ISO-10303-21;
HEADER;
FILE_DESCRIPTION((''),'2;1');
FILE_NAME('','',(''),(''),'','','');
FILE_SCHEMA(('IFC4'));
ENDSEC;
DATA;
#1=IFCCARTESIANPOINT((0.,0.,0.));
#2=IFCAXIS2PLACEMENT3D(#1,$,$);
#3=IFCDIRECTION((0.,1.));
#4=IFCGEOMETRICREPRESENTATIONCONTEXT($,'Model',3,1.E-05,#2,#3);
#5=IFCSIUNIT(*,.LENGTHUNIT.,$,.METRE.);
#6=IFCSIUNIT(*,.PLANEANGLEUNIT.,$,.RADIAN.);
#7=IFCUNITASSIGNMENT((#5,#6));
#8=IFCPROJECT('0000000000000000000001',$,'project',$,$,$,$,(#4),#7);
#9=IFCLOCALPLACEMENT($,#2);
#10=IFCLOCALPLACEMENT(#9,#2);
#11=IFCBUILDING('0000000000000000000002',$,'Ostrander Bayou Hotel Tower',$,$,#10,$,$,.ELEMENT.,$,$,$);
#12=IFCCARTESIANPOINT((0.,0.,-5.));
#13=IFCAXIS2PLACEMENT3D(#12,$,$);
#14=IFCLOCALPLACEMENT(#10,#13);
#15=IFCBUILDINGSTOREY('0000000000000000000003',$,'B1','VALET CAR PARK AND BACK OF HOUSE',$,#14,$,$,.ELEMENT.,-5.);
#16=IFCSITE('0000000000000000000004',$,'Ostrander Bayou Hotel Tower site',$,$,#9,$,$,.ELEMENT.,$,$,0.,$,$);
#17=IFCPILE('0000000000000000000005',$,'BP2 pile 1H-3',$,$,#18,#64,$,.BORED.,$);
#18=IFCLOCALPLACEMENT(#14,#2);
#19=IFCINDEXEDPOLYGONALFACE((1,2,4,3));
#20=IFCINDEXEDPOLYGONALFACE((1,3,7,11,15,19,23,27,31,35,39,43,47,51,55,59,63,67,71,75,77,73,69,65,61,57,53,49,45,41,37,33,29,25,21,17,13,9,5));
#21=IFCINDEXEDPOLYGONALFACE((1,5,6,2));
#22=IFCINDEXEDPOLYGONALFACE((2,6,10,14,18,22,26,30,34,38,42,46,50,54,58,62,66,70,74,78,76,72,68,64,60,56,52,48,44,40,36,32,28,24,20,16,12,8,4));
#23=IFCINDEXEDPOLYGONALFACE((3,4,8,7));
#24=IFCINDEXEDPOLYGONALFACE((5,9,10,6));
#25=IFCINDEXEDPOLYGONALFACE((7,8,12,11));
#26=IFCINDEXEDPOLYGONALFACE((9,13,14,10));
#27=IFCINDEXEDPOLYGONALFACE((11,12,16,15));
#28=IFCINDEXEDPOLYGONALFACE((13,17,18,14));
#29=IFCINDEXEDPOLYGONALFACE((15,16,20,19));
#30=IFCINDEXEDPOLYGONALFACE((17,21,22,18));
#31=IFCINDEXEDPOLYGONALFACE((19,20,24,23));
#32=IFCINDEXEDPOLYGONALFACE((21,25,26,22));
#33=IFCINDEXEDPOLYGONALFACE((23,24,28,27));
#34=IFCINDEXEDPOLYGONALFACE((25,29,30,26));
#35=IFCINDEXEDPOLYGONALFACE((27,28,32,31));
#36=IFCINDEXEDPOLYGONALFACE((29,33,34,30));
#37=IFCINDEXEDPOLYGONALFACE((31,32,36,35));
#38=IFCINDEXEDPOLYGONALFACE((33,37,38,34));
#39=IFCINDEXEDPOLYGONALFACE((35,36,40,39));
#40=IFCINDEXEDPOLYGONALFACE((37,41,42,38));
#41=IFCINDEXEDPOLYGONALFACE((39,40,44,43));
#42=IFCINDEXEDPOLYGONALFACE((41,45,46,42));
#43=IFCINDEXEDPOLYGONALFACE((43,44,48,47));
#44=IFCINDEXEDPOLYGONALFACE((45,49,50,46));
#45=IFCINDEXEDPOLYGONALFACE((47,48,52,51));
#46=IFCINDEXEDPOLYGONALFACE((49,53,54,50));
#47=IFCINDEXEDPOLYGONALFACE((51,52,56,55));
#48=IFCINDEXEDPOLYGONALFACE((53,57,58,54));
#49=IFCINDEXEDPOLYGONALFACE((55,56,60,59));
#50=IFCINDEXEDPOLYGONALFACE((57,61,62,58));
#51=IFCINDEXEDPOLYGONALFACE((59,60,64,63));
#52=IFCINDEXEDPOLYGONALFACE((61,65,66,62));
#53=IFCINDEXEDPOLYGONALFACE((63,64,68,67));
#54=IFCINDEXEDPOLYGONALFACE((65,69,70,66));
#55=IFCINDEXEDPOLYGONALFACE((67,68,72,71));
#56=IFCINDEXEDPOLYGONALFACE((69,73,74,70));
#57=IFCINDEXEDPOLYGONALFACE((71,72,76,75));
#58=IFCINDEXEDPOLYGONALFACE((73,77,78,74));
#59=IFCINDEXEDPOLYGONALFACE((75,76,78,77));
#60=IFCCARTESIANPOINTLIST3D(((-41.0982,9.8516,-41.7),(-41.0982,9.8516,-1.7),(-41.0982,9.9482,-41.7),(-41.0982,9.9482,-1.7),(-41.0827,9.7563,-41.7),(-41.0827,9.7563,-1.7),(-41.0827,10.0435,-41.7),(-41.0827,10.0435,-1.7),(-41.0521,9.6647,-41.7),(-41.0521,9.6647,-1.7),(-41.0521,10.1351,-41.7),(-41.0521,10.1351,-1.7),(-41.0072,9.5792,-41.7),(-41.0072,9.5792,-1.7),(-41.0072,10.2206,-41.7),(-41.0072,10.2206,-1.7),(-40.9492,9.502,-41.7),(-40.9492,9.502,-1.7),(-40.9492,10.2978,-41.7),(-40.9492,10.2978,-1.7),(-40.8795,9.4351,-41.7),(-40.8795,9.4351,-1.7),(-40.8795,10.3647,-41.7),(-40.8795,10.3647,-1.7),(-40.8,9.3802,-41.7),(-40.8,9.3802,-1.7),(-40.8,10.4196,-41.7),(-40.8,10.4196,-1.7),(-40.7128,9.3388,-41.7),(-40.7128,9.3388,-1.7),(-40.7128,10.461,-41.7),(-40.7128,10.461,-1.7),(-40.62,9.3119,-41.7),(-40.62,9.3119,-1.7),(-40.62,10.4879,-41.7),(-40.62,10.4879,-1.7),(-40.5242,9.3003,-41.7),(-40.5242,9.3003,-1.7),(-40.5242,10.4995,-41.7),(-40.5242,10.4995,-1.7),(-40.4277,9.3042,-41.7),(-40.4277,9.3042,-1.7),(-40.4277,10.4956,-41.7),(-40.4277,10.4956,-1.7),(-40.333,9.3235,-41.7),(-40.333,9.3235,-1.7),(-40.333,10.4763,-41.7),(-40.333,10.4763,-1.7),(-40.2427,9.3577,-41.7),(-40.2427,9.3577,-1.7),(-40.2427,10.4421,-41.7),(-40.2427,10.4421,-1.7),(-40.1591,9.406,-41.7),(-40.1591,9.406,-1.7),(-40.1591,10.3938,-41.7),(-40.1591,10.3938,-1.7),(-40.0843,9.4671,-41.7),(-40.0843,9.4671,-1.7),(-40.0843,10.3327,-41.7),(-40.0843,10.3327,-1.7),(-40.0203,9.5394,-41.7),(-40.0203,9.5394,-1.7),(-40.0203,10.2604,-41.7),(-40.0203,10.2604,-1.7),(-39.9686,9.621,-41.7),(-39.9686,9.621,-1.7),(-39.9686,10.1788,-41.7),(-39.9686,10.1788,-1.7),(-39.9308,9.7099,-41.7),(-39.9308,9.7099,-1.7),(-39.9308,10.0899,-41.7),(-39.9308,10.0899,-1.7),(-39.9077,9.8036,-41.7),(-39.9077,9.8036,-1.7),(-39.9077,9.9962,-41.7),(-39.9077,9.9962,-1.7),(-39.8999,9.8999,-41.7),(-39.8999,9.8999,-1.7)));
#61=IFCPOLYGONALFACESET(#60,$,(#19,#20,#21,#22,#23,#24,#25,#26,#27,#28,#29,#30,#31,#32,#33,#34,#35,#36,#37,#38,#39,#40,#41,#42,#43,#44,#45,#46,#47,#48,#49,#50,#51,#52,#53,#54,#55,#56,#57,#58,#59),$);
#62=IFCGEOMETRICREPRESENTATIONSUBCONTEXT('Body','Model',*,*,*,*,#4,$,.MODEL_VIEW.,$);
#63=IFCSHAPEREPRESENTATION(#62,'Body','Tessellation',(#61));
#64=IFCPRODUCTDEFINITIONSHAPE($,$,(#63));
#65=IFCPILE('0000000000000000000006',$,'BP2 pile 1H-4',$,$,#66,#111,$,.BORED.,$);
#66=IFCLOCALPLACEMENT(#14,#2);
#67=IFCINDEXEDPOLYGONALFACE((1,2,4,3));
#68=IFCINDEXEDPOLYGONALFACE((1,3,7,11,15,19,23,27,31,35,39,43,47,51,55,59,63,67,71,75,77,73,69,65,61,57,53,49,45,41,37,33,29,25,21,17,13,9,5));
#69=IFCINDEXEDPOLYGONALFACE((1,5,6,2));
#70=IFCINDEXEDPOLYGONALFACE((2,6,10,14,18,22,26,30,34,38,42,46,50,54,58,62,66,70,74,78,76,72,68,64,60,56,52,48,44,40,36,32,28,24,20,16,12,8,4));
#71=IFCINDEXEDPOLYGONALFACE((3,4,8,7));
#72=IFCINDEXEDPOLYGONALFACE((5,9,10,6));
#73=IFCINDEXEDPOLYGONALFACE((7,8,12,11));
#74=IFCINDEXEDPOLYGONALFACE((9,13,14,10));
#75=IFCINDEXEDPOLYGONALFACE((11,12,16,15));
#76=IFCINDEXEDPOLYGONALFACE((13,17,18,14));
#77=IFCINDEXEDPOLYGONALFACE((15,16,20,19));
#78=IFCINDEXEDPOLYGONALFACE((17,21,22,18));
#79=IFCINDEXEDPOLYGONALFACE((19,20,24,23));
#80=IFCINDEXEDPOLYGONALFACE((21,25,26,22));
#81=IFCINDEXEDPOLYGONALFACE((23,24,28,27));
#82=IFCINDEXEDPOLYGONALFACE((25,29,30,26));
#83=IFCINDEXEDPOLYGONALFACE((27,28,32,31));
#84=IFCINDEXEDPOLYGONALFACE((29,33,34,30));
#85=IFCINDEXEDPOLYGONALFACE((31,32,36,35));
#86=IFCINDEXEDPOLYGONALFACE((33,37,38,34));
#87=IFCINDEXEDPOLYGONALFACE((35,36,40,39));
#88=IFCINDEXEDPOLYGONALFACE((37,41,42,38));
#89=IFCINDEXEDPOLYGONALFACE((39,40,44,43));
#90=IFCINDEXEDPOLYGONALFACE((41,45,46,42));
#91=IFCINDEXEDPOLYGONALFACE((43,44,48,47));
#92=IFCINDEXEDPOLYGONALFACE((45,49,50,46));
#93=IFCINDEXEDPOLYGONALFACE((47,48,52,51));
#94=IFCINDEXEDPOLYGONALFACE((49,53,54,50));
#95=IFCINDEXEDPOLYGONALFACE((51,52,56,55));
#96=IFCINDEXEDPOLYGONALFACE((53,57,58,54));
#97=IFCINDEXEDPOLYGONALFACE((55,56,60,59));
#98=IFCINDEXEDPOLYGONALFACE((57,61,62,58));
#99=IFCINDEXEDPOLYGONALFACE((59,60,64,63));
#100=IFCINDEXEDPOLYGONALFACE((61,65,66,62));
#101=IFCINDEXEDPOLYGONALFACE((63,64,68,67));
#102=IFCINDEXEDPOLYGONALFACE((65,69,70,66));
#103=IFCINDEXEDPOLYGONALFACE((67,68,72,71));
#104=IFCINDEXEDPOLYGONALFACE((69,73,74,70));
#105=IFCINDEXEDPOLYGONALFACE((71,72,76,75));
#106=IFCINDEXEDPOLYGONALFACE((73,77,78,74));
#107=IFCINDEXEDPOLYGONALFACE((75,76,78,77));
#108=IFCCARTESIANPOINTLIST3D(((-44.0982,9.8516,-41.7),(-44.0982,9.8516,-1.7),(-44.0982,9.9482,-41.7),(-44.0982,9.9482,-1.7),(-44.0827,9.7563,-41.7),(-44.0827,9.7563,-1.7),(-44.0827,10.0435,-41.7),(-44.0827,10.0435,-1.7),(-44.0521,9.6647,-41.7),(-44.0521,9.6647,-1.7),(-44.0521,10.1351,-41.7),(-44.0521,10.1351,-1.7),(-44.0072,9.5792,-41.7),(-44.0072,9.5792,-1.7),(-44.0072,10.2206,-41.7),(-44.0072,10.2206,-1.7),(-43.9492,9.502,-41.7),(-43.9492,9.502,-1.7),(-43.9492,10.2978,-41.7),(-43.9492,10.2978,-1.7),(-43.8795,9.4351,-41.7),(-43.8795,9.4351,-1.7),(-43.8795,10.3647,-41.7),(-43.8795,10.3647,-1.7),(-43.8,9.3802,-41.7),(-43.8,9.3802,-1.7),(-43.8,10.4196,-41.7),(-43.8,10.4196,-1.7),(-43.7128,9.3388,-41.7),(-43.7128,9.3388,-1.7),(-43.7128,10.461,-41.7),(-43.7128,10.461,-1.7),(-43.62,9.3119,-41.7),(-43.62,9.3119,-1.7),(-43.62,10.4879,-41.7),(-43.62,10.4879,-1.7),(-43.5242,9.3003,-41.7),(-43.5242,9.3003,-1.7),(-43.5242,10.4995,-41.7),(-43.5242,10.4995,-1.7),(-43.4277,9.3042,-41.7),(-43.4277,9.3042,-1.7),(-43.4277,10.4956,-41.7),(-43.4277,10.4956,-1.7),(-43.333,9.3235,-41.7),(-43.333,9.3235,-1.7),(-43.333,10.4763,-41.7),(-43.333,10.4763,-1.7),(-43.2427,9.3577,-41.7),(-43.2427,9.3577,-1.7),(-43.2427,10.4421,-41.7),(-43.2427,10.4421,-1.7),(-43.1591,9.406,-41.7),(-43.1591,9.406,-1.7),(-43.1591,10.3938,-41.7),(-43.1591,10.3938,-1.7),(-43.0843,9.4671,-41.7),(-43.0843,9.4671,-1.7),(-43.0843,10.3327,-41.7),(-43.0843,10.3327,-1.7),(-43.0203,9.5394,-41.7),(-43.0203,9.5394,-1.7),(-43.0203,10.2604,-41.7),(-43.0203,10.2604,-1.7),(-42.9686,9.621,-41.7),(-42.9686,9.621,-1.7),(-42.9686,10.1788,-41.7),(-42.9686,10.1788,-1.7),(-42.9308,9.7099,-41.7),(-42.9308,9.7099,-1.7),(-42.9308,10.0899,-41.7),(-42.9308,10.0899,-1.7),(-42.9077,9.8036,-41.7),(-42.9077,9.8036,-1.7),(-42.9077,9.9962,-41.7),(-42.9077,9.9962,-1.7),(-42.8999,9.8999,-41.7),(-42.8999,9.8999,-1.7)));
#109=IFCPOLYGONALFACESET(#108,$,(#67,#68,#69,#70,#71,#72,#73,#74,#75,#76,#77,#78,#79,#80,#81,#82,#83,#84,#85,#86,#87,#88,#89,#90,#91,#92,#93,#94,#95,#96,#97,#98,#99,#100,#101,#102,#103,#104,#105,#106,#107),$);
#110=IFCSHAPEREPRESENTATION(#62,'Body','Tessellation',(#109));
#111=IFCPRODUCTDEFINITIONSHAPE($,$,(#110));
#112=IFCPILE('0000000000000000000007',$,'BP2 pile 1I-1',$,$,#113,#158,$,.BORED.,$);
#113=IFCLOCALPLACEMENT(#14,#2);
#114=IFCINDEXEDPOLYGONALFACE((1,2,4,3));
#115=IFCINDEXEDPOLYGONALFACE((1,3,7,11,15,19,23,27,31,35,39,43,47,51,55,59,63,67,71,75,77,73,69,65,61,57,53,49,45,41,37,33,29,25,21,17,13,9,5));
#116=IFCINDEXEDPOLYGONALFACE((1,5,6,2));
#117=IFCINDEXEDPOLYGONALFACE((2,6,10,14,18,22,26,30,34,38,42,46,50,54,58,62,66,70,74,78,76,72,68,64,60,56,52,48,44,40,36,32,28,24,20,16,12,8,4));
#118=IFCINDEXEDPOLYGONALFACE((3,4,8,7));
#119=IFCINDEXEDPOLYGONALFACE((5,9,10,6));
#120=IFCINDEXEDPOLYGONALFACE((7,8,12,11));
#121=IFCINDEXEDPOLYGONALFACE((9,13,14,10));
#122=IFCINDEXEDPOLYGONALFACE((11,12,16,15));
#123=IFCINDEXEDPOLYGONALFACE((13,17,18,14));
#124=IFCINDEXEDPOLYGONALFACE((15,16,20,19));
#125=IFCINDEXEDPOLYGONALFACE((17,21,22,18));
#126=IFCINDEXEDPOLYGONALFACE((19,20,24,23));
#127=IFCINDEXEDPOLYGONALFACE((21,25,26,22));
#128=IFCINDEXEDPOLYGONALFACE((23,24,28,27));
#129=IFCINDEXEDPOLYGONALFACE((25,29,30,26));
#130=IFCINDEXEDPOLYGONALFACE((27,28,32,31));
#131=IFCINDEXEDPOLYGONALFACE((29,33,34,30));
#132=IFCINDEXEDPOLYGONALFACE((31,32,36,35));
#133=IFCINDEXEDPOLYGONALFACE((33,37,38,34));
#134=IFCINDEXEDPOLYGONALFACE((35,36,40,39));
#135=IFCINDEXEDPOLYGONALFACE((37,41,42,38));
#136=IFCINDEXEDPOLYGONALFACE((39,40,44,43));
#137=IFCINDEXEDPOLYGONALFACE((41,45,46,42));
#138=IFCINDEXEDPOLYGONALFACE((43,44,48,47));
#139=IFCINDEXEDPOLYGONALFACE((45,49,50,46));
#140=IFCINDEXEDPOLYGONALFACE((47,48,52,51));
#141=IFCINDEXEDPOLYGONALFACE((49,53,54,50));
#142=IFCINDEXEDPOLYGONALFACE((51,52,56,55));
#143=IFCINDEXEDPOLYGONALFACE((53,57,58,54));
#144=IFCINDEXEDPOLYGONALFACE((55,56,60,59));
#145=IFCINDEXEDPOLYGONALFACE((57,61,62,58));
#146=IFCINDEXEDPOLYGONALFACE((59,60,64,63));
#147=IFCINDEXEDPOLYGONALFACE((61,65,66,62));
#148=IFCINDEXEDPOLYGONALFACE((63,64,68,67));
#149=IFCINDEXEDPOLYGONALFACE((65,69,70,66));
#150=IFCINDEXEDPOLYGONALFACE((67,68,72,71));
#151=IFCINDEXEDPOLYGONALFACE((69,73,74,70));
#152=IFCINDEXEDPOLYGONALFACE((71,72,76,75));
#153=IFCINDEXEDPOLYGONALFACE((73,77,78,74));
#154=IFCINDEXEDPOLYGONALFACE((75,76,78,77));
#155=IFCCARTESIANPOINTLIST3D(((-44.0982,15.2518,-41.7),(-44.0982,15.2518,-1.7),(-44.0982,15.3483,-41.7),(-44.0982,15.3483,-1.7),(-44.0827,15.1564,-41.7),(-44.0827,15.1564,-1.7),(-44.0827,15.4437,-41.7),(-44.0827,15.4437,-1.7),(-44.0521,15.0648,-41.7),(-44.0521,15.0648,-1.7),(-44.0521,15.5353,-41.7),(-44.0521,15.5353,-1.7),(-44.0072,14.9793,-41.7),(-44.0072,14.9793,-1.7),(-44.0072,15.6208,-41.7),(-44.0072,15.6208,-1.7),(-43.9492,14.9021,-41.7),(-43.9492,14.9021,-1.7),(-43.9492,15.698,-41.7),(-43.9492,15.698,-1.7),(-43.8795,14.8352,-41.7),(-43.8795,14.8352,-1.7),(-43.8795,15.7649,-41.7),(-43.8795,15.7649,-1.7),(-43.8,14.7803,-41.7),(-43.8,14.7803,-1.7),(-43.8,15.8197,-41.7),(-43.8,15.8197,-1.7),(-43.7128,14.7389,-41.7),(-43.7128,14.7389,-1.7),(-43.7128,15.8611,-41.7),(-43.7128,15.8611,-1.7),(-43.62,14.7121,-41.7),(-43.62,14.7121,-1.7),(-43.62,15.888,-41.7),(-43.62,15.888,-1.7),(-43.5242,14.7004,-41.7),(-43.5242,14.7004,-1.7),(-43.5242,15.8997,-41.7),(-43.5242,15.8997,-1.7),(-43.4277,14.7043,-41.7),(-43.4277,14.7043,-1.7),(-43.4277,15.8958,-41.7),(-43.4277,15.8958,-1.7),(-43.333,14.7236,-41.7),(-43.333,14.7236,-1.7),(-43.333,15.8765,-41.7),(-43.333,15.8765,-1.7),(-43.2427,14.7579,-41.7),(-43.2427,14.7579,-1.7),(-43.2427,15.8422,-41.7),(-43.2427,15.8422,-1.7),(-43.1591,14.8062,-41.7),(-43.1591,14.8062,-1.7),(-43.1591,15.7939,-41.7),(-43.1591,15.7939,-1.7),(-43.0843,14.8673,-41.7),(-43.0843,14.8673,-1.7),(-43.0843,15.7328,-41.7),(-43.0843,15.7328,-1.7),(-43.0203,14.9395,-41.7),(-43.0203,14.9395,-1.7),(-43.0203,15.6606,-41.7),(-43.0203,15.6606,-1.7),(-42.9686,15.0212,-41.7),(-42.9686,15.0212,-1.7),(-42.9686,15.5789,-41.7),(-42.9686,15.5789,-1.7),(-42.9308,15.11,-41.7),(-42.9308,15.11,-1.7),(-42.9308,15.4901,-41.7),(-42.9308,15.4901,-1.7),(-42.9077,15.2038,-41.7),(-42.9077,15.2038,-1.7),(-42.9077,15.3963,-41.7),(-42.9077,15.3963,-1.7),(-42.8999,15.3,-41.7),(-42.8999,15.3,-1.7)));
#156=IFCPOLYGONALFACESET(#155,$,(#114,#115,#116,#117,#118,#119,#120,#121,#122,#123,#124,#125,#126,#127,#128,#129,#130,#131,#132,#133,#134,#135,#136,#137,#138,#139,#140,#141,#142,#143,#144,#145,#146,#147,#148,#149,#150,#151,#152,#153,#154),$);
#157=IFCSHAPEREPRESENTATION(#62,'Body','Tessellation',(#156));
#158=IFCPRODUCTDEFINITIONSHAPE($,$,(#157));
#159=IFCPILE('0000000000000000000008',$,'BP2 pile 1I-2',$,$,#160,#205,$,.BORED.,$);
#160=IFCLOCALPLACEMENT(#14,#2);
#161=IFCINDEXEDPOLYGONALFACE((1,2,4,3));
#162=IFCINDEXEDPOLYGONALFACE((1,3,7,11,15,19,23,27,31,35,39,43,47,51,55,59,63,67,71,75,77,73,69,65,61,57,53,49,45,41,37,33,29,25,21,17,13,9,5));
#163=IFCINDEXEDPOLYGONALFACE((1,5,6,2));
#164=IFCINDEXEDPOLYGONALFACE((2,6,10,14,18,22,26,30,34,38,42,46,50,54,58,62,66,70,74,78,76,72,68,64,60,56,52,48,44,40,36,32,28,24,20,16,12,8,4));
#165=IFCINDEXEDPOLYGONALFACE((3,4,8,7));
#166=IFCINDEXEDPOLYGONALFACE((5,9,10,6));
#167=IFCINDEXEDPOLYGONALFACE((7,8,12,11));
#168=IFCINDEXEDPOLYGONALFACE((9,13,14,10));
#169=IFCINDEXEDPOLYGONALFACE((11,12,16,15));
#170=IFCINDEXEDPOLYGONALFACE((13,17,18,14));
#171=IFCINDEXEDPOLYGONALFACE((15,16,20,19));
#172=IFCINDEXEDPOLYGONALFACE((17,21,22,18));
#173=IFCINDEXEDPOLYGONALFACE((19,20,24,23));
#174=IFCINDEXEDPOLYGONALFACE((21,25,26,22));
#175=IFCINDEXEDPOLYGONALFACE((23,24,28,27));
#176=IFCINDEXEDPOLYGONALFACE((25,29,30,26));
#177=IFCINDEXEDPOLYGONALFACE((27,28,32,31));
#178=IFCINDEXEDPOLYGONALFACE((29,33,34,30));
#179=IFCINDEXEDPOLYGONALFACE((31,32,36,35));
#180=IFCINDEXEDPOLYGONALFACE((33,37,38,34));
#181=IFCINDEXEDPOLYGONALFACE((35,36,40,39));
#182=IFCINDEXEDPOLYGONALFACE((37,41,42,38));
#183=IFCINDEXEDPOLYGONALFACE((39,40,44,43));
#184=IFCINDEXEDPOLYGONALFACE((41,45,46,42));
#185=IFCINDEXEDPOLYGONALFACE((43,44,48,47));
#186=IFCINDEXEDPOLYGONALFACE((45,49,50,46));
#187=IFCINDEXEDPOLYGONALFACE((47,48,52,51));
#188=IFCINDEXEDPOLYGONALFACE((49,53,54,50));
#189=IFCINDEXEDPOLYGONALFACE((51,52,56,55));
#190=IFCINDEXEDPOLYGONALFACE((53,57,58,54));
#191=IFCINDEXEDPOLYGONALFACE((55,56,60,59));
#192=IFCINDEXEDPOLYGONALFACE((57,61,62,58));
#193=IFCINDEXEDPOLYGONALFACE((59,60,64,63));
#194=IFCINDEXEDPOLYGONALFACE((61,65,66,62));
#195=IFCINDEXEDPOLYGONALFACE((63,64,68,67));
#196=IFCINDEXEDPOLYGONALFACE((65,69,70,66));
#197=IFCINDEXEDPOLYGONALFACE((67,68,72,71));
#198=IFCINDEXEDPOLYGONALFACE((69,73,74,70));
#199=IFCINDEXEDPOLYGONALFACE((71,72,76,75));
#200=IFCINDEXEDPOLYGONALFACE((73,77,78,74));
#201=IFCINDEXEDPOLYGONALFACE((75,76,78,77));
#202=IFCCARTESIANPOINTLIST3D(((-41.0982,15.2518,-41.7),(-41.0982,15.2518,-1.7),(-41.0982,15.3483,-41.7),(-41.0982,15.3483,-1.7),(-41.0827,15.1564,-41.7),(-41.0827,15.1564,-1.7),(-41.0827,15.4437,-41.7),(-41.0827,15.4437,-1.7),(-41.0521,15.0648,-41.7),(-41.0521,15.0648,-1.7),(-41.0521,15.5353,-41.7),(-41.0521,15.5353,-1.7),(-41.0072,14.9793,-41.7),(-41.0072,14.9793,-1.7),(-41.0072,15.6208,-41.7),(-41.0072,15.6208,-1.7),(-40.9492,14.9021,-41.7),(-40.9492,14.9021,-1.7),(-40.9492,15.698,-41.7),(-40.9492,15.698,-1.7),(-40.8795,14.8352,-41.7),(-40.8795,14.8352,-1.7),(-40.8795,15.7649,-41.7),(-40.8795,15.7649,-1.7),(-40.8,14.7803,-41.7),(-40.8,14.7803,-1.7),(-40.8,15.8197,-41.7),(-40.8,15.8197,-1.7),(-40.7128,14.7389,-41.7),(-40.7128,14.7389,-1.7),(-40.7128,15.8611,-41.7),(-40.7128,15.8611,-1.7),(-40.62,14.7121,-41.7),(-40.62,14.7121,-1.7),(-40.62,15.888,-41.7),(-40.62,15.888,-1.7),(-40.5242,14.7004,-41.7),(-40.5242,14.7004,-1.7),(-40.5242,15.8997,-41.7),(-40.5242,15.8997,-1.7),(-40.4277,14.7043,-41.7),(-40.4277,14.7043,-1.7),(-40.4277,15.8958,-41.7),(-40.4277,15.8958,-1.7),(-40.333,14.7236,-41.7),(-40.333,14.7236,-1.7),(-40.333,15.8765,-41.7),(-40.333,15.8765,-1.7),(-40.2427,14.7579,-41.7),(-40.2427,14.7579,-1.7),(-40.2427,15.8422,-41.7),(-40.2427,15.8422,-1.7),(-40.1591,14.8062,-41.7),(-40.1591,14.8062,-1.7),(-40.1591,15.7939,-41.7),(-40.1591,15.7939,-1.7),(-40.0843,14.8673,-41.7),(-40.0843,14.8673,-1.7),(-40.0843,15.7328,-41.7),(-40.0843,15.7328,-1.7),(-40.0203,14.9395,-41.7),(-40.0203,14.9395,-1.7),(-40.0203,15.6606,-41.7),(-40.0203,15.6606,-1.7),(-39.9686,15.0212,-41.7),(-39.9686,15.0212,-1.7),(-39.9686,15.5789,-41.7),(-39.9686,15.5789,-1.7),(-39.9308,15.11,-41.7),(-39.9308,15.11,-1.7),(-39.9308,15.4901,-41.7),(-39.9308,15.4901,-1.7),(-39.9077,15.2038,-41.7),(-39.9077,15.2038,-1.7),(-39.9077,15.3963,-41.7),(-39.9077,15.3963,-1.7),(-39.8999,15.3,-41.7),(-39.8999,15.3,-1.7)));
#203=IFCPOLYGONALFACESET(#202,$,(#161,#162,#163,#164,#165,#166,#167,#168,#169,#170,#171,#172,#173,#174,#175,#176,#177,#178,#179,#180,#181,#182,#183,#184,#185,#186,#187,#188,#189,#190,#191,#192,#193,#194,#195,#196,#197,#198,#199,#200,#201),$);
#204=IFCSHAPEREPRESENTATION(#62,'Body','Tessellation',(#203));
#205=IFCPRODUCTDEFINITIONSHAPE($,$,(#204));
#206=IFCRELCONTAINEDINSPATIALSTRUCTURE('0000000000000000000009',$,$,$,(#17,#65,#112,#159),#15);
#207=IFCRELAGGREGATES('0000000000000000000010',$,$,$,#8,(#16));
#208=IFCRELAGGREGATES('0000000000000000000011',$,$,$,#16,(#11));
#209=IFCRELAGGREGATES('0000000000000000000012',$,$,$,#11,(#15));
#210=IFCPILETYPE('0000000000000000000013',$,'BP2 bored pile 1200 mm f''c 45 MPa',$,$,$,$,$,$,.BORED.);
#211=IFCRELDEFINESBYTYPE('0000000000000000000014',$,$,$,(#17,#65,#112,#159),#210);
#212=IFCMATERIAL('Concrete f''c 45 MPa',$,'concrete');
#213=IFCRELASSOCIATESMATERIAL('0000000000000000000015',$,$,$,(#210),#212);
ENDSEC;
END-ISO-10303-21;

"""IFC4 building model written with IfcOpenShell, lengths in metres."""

from ifc_helpers import new_model, si_unit, direction, frame, origin, origin_2d, place, context, subcontext, project, spatial, circle, extrude, material, material_profile, profile_set, type_object, element, save


model = new_model("IFC4")

# Units and contexts
model_context = context("Model", 3, precision=1e-05, world=origin(), true_north=direction((0.0, 1.0)))
body_context = subcontext(model_context, "Body", "Model", "MODEL_VIEW")
ifc_project = project(units=[si_unit("LENGTHUNIT", "METRE"), si_unit("PLANEANGLEUNIT", "RADIAN")], contexts=[model_context])

# Site, building, storey
site_placement = place(None, origin())
site = spatial("IfcSite", under=ifc_project, at=site_placement, Name="Ostrander Bayou Hotel Tower site", CompositionType="ELEMENT", RefElevation=0.0)
building_placement = place(site_placement, origin())
building = spatial("IfcBuilding", under=site, at=building_placement, Name="Ostrander Bayou Hotel Tower", CompositionType="ELEMENT")
storey_placement = place(building_placement, frame((0.0, 0.0, -5.0)))
storey = spatial("IfcBuildingStorey", under=building, at=storey_placement, Name="B1", Description="VALET CAR PARK AND BACK OF HOUSE", CompositionType="ELEMENT", Elevation=-5.0)

# Piles
ifc_material_1 = material(Name="Concrete f'c 45 MPa", Category="concrete")
ifc_material_profile_1 = material_profile(ifc_material_1, circle(Radius=0.6001, at=origin_2d()))
ifc_profile_set_1 = profile_set([ifc_material_profile_1], Name="Concrete f'c 45 MPa")
pile_type_1 = type_object("IfcPileType", Name="BP2 bored pile 1200 mm f'c 45 MPa", PredefinedType="BORED", material=ifc_profile_set_1)
for number, where, z_axis, x_axis, name in (
    (1, (-40.5, 9.8999, -1.7), (0.0, 0.0, -1.0), (1.0, 0.0, 0.0), "BP2 pile 1H-3"),
    (2, (-43.5, 9.8999, -1.7), (0.0, 0.0, -1.0), (1.0, 0.0, 0.0), "BP2 pile 1H-4"),
    (3, (-43.5, 15.3, -1.7), (0.0, 0.0, -1.0), (1.0, 0.0, 0.0), "BP2 pile 1I-1"),
    (4, (-40.5, 15.3, -1.7), (0.0, 0.0, -1.0), (1.0, 0.0, 0.0), "BP2 pile 1I-2"),
):
    element("IfcPile", number, at=place(storey_placement, frame(where, z_axis=z_axis, x_axis=x_axis)), inside=storey, type_object=pile_type_1, Name=name, PredefinedType="BORED", context=body_context, shape_type="SweptSolid", body=[
        extrude(circle(Radius=0.6001, at=origin_2d()), origin(), (0.0, 0.0, 1.0), 40.0),
    ])

save(model, "model.ifc")
